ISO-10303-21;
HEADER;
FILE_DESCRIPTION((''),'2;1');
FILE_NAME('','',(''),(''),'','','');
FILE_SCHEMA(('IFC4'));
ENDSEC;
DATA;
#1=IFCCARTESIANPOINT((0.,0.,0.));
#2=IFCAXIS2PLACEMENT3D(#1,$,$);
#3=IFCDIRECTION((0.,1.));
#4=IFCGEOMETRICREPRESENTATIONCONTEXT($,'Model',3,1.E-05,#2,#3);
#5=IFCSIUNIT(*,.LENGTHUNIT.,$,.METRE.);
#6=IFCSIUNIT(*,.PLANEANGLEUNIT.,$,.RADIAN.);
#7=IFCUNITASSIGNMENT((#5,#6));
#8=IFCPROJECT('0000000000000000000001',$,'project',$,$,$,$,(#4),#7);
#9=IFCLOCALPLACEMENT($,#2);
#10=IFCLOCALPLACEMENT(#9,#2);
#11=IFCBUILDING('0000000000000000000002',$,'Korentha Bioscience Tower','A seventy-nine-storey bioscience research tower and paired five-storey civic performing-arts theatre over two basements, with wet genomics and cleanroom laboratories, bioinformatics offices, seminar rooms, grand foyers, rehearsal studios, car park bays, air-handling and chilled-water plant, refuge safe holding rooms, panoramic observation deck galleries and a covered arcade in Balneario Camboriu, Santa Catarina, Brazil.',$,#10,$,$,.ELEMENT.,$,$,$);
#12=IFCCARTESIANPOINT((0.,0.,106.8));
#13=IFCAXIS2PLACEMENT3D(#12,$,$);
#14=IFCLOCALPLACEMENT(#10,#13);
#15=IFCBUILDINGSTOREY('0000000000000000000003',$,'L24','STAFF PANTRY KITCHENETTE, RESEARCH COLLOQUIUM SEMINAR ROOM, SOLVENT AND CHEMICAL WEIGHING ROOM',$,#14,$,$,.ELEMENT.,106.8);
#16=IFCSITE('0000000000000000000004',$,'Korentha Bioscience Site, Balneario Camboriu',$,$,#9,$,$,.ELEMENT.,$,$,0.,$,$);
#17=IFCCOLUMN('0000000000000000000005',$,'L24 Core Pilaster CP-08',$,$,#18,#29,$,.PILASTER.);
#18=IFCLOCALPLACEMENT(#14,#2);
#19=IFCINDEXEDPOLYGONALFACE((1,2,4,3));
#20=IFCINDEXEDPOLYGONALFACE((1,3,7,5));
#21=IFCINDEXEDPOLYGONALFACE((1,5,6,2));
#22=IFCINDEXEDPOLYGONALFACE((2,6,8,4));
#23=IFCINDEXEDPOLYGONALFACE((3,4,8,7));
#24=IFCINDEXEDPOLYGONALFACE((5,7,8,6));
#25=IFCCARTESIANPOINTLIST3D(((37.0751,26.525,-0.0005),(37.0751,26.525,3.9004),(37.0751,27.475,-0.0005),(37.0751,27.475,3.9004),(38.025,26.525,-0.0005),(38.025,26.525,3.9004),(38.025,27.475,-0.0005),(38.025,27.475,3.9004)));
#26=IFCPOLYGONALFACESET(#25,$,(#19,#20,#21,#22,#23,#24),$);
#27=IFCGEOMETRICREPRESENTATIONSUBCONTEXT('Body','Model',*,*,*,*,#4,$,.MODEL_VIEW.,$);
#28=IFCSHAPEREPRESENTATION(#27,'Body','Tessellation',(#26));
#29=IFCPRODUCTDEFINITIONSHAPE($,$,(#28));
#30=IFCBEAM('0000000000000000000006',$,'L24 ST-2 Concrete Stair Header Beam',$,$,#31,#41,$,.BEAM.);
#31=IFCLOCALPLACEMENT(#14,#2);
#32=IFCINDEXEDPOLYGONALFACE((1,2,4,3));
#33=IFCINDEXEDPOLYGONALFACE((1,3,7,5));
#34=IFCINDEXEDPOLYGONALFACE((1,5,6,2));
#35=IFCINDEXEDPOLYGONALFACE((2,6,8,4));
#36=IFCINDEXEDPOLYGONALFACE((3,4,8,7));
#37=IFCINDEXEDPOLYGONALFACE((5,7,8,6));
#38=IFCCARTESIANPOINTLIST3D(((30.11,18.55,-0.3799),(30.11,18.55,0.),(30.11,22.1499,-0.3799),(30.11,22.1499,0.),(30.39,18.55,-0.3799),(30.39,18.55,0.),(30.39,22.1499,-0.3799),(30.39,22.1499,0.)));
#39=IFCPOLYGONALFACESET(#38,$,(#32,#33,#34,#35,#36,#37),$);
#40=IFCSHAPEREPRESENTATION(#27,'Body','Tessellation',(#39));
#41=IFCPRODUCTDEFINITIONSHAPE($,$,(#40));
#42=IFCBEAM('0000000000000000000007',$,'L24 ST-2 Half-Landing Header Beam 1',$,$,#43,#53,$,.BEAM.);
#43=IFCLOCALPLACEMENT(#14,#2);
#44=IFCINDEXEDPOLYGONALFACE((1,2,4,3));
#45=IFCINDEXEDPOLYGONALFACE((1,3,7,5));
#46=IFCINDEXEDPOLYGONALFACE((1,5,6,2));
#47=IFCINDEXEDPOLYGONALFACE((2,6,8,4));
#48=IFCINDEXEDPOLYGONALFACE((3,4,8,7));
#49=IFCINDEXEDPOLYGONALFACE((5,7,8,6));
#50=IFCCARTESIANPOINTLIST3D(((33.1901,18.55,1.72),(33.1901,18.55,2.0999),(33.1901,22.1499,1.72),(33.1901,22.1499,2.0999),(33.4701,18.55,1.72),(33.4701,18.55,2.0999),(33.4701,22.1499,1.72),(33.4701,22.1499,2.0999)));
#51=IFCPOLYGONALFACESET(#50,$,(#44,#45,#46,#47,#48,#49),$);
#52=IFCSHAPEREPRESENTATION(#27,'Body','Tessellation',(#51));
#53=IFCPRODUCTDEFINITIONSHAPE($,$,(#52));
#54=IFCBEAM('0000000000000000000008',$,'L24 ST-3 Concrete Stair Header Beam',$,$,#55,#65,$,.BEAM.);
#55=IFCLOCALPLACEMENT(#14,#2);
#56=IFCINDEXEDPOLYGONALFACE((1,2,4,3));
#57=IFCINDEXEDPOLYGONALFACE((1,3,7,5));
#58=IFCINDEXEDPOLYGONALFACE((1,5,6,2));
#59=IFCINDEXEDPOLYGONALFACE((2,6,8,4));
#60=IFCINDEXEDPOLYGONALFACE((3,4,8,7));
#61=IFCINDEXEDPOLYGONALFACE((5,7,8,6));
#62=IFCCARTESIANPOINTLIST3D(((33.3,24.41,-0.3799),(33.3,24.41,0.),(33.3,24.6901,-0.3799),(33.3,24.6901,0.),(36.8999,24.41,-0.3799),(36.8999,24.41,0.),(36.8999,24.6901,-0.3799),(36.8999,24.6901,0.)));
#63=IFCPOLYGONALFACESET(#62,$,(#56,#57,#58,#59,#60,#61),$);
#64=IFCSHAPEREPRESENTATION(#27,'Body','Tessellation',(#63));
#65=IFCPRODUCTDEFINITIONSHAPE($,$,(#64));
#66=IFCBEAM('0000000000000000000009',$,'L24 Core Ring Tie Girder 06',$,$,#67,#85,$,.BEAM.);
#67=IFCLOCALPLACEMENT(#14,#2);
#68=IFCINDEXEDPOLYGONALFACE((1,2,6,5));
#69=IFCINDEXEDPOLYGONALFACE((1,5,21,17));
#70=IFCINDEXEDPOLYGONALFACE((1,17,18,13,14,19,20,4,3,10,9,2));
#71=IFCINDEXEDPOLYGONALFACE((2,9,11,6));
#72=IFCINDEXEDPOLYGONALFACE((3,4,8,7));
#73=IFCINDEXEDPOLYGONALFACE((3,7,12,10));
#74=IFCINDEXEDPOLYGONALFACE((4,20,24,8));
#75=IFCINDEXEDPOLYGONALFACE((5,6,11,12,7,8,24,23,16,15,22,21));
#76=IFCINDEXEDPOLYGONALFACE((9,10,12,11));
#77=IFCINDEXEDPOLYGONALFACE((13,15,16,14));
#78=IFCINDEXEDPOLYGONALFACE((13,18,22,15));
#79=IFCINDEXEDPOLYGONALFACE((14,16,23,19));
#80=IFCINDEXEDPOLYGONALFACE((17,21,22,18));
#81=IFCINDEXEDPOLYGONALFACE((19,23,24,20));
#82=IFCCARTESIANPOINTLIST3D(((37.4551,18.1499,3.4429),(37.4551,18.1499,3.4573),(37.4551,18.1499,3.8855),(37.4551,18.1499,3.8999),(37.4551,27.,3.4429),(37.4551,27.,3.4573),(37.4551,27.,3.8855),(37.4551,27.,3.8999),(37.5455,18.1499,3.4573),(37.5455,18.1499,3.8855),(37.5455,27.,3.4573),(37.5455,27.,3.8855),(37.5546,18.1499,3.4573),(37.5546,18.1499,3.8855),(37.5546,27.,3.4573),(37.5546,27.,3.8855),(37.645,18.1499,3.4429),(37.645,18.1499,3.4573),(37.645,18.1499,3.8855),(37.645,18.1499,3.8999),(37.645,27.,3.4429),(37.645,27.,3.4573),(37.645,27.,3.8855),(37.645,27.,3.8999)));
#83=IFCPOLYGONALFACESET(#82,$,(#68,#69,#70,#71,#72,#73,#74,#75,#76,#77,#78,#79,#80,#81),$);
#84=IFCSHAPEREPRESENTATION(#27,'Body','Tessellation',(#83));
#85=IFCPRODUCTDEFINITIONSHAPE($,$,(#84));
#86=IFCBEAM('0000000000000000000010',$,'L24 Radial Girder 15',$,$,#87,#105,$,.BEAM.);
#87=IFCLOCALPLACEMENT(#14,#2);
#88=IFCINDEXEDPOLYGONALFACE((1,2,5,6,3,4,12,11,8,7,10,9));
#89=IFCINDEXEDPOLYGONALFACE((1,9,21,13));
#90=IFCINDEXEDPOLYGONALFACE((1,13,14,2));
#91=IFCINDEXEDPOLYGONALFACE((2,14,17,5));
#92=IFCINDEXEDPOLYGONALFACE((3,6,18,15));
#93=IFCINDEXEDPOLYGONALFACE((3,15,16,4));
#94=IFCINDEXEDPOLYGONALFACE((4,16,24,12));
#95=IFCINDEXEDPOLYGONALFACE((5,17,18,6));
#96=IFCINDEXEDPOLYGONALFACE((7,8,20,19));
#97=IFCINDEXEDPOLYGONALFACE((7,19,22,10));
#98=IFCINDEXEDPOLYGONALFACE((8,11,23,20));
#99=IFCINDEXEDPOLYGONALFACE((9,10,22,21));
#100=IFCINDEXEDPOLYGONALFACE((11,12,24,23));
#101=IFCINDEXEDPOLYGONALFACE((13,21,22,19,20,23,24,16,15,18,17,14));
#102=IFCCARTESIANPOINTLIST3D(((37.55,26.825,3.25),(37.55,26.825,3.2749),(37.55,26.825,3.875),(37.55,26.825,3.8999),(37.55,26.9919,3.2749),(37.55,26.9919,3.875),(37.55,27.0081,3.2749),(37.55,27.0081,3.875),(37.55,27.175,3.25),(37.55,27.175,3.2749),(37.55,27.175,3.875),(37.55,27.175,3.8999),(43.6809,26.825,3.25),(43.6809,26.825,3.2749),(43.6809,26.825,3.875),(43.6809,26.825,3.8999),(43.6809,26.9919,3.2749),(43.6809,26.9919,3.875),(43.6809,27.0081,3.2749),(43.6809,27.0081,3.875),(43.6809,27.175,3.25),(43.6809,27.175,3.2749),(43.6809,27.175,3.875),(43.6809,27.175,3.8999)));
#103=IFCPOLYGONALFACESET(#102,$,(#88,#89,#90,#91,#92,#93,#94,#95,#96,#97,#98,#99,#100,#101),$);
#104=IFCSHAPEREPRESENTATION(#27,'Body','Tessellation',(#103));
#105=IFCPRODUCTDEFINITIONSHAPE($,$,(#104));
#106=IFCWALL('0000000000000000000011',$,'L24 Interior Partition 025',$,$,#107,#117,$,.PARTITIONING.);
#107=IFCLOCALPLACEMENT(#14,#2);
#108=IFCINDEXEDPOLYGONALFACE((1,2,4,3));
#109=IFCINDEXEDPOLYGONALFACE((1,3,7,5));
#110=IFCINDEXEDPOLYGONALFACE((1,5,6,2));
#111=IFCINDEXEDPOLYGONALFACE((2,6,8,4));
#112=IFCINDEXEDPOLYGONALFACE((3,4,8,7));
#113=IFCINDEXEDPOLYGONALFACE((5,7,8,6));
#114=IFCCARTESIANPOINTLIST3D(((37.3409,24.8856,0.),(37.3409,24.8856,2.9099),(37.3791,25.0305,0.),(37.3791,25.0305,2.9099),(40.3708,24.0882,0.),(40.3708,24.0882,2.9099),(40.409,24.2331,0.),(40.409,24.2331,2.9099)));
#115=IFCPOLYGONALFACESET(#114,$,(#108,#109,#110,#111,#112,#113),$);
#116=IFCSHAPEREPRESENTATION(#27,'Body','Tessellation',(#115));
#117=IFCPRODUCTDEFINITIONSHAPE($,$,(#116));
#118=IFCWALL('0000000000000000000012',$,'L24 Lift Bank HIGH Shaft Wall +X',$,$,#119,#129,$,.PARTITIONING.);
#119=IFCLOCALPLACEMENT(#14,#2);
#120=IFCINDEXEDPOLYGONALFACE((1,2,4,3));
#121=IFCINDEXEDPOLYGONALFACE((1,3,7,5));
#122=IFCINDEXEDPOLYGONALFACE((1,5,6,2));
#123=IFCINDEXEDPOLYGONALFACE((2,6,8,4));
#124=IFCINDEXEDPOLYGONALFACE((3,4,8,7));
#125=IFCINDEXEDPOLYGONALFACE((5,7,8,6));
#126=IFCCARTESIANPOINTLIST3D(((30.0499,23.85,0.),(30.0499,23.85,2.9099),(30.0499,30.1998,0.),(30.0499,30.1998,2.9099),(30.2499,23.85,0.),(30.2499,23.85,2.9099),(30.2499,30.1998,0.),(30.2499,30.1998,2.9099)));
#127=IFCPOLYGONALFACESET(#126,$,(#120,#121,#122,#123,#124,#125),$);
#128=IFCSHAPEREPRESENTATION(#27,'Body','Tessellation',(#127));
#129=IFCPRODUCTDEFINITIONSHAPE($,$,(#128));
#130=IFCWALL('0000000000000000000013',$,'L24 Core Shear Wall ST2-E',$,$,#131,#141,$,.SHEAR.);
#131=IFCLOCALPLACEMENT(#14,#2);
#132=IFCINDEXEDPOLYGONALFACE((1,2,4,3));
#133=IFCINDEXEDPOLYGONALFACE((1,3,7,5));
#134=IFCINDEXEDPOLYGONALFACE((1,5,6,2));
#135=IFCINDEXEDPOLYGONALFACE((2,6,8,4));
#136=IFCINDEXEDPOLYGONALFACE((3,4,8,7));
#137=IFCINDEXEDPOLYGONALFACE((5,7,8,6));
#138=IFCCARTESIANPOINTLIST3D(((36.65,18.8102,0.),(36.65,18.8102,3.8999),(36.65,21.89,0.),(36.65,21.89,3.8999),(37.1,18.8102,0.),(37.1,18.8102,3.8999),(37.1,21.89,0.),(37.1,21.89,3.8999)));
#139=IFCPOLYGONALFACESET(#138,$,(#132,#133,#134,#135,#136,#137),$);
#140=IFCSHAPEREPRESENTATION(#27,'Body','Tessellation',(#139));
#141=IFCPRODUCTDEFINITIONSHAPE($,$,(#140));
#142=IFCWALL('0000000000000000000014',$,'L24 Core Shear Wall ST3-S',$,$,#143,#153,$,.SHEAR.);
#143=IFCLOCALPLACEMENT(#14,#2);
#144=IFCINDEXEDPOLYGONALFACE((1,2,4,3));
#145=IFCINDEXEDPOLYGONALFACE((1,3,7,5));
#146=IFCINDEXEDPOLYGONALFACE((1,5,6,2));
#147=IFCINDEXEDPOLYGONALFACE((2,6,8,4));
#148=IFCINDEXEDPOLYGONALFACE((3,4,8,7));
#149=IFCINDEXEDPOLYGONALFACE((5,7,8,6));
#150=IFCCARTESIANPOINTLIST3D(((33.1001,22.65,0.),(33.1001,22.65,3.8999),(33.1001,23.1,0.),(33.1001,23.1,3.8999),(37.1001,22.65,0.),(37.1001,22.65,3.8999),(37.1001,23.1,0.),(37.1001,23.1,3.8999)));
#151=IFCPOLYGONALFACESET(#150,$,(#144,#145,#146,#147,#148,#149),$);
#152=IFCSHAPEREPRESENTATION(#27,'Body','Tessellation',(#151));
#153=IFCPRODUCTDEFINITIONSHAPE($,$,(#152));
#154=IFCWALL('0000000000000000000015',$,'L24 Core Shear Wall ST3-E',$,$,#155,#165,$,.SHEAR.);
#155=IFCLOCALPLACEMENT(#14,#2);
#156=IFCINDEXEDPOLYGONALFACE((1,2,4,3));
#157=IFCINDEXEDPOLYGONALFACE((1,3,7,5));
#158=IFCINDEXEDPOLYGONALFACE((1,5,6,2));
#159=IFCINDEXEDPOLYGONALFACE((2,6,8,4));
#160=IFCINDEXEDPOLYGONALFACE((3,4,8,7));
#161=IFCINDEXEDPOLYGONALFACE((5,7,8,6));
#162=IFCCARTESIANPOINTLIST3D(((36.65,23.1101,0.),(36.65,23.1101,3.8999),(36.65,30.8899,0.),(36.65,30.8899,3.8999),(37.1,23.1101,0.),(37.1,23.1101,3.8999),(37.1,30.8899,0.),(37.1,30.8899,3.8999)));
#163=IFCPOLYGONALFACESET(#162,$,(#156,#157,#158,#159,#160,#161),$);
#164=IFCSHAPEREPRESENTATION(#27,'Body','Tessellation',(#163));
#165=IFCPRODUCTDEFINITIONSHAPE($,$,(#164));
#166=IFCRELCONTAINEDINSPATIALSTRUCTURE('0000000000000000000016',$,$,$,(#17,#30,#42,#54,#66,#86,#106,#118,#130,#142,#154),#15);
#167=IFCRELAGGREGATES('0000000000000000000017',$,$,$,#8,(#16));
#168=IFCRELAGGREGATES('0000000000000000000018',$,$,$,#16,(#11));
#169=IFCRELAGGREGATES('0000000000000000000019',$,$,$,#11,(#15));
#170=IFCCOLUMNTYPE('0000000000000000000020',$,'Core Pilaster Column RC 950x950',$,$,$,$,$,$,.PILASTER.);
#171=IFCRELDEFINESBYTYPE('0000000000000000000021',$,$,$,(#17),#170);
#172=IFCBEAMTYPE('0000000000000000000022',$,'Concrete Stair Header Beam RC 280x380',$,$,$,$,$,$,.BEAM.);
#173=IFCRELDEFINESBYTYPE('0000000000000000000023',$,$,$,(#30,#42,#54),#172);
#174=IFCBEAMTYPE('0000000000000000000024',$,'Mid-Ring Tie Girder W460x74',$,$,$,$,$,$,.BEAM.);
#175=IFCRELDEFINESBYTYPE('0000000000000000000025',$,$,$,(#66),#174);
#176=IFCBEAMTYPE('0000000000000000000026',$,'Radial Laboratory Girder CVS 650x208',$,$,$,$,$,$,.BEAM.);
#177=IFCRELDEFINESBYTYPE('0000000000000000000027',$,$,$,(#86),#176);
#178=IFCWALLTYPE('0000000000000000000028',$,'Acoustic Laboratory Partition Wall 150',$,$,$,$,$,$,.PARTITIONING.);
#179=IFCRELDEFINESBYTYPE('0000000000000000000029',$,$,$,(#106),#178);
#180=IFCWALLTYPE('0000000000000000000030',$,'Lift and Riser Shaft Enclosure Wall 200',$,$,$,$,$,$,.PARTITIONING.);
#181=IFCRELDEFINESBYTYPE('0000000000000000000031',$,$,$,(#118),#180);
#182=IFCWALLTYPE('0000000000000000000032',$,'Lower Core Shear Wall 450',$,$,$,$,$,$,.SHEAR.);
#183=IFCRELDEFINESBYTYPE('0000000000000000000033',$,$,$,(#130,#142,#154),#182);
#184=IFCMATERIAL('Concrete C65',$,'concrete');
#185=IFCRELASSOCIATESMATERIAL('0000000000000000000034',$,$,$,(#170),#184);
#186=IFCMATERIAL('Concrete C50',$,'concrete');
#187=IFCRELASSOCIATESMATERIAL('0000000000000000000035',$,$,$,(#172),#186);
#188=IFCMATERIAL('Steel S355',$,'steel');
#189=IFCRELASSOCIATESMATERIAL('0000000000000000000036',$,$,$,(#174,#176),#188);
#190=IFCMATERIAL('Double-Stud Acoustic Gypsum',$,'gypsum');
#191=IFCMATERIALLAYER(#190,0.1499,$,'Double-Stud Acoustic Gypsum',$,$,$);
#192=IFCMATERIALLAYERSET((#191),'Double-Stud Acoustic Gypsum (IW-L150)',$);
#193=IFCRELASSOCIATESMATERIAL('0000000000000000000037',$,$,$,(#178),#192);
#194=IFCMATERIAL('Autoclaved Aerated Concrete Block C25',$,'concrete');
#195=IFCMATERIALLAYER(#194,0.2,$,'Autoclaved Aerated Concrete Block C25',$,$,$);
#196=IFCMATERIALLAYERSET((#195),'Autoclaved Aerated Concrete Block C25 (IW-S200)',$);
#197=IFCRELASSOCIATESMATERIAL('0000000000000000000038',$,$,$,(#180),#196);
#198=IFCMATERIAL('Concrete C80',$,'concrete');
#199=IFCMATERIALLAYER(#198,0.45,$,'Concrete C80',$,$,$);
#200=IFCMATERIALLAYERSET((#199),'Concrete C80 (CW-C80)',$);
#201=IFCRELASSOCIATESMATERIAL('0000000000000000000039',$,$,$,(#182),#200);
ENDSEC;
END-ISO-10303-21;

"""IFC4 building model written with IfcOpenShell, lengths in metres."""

from ifc_helpers import new_model, si_unit, direction, frame, frame_2d, origin, origin_2d, place, context, subcontext, project, spatial, rectangle, i_section, extrude, material, layer, layer_set, material_profile, profile_set, type_object, element, save


model = new_model("IFC4")

# Units and contexts
model_context = context("Model", 3, precision=1e-05, world=origin(), true_north=direction((0.0, 1.0)))
body_context = subcontext(model_context, "Body", "Model", "MODEL_VIEW")
ifc_project = project(units=[si_unit("LENGTHUNIT", "METRE"), si_unit("PLANEANGLEUNIT", "RADIAN")], contexts=[model_context])

# Site, building, storey
site_placement = place(None, origin())
site = spatial("IfcSite", under=ifc_project, at=site_placement, Name="Korentha Bioscience Site, Balneario Camboriu", CompositionType="ELEMENT", RefElevation=0.0)
building_placement = place(site_placement, origin())
building = spatial("IfcBuilding", under=site, at=building_placement, Name="Korentha Bioscience Tower", Description="A seventy-nine-storey bioscience research tower and paired five-storey civic performing-arts theatre over two basements, with wet genomics and cleanroom laboratories, bioinformatics offices, seminar rooms, grand foyers, rehearsal studios, car park bays, air-handling and chilled-water plant, refuge safe holding rooms, panoramic observation deck galleries and a covered arcade in Balneario Camboriu, Santa Catarina, Brazil.", CompositionType="ELEMENT")
storey_placement = place(building_placement, frame((0.0, 0.0, 106.8)))
storey = spatial("IfcBuildingStorey", under=building, at=storey_placement, Name="L24", Description="STAFF PANTRY KITCHENETTE, RESEARCH COLLOQUIUM SEMINAR ROOM, SOLVENT AND CHEMICAL WEIGHING ROOM", CompositionType="ELEMENT", Elevation=106.8)

# Column
ifc_material_1 = material(Name="Concrete C65", Category="concrete")
ifc_material_profile_1 = material_profile(ifc_material_1, rectangle(XDim=0.95, YDim=0.95, at=origin_2d()), Name="Concrete C65")
ifc_profile_set_1 = profile_set([ifc_material_profile_1], Name="Concrete C65 (COL-CP09)")
column_type = type_object("IfcColumnType", Name="Core Pilaster Column RC 950x950", PredefinedType="PILASTER", material=ifc_profile_set_1)
column_placement = place(storey_placement, frame((37.55, 27.0, -0.0005), z_axis=(0.0, 0.0, 1.0), x_axis=(1.0, 0.0, 0.0)))
element("IfcColumn", 1, at=column_placement, inside=storey, type_object=column_type, Name="L24 Core Pilaster CP-08", PredefinedType="PILASTER", context=body_context, shape_type="SweptSolid", body=[
    extrude(rectangle(XDim=0.95, YDim=0.95, at=origin_2d()), origin(), (0.0, 0.0, 1.0), 3.9009),
])

# Beams
ifc_material_2 = material(Name="Concrete C50", Category="concrete")
ifc_material_profile_2 = material_profile(ifc_material_2, rectangle(XDim=0.28, YDim=0.3799, at=origin_2d()), Name="Concrete C50")
ifc_profile_set_2 = profile_set([ifc_material_profile_2], Name="Concrete C50 (ST-HB380)")
beam_type_1 = type_object("IfcBeamType", Name="Concrete Stair Header Beam RC 280x380", PredefinedType="BEAM", material=ifc_profile_set_2)
for number, where, z_axis, x_axis, name in (
    (2, (30.25, 18.55, -0.1899), (0.0, 1.0, 0.0), (-1.0, 0.0, 0.0), "L24 ST-2 Concrete Stair Header Beam"),
    (3, (33.3301, 18.55, 1.9099), (0.0, 1.0, 0.0), (-1.0, 0.0, 0.0), "L24 ST-2 Half-Landing Header Beam 1"),
    (4, (36.8999, 24.55, -0.1899), (-1.0, 0.0, 0.0), (0.0, -1.0, 0.0), "L24 ST-3 Concrete Stair Header Beam"),
):
    element("IfcBeam", number, at=place(storey_placement, frame(where, z_axis=z_axis, x_axis=x_axis)), inside=storey, type_object=beam_type_1, Name=name, PredefinedType="BEAM", context=body_context, shape_type="SweptSolid", body=[
        extrude(rectangle(XDim=0.28, YDim=0.3799, at=origin_2d()), origin(), (0.0, 0.0, 1.0), 3.5999),
    ])
ifc_material_3 = material(Name="Steel S355", Category="steel")
ifc_material_profile_3 = material_profile(ifc_material_3, i_section(OverallWidth=0.1899, OverallDepth=0.457, WebThickness=0.009, FlangeThickness=0.0144, at=origin_2d()), Name="Steel S355")
ifc_profile_set_3 = profile_set([ifc_material_profile_3], Name="Steel S355 (MB-460)")
beam_type_2 = type_object("IfcBeamType", Name="Mid-Ring Tie Girder W460x74", PredefinedType="BEAM", material=ifc_profile_set_3)
beam_1_placement = place(storey_placement, frame((37.55, 18.1499, 3.6714), z_axis=(0.0, 1.0, 0.0), x_axis=(-1.0, 0.0, 0.0)))
element("IfcBeam", 5, at=beam_1_placement, inside=storey, type_object=beam_type_2, Name="L24 Core Ring Tie Girder 06", PredefinedType="BEAM", context=body_context, shape_type="SweptSolid", body=[
    extrude(i_section(OverallWidth=0.1899, OverallDepth=0.457, WebThickness=0.009, FlangeThickness=0.0144, at=origin_2d()), origin(), (0.0, 0.0, 1.0), 8.8501),
])
ifc_material_profile_4 = material_profile(ifc_material_3, i_section(OverallWidth=0.3501, OverallDepth=0.6499, WebThickness=0.0161, FlangeThickness=0.0249, at=origin_2d()), Name="Steel S355")
ifc_profile_set_4 = profile_set([ifc_material_profile_4], Name="Steel S355 (RB-650)")
beam_type_3 = type_object("IfcBeamType", Name="Radial Laboratory Girder CVS 650x208", PredefinedType="BEAM", material=ifc_profile_set_4)
beam_2_placement = place(storey_placement, frame((37.55, 27.0, 3.575), z_axis=(1.0, 0.0, 0.0), x_axis=(0.0, 1.0, 0.0)))
element("IfcBeam", 6, at=beam_2_placement, inside=storey, type_object=beam_type_3, Name="L24 Radial Girder 15", PredefinedType="BEAM", context=body_context, shape_type="SweptSolid", body=[
    extrude(i_section(OverallWidth=0.3501, OverallDepth=0.6499, WebThickness=0.0161, FlangeThickness=0.0249, at=origin_2d()), origin(), (0.0, 0.0, 1.0), 6.1309),
])

# Walls
ifc_material_4 = material(Name="Double-Stud Acoustic Gypsum", Category="gypsum")
ifc_layer_1 = layer(ifc_material_4, 0.1499, Name="Double-Stud Acoustic Gypsum")
ifc_layer_set_1 = layer_set([ifc_layer_1], Name="Double-Stud Acoustic Gypsum (IW-L150)")
wall_type_1 = type_object("IfcWallType", Name="Acoustic Laboratory Partition Wall 150", PredefinedType="PARTITIONING", material=ifc_layer_set_1)
wall_1_placement = place(storey_placement, frame((37.3601, 24.958, 0.0), z_axis=(0.0, 0.0, 1.0), x_axis=(0.96707, -0.254509, 0.0)))
element("IfcWall", 7, at=wall_1_placement, inside=storey, type_object=wall_type_1, Name="L24 Interior Partition 025", PredefinedType="PARTITIONING", context=body_context, shape_type="SweptSolid", body=[
    extrude(rectangle(XDim=3.1331, YDim=0.1499, at=frame_2d((1.5664, 0.0))), origin(), (0.0, 0.0, 1.0), 2.9099),
])
ifc_material_5 = material(Name="Autoclaved Aerated Concrete Block C25", Category="concrete")
ifc_layer_2 = layer(ifc_material_5, 0.2, Name="Autoclaved Aerated Concrete Block C25")
ifc_layer_set_2 = layer_set([ifc_layer_2], Name="Autoclaved Aerated Concrete Block C25 (IW-S200)")
wall_type_2 = type_object("IfcWallType", Name="Lift and Riser Shaft Enclosure Wall 200", PredefinedType="PARTITIONING", material=ifc_layer_set_2)
wall_2_placement = place(storey_placement, frame((30.1499, 23.8501, 0.0), z_axis=(0.0, 0.0, 1.0), x_axis=(0.0, 1.0, 0.0)))
element("IfcWall", 8, at=wall_2_placement, inside=storey, type_object=wall_type_2, Name="L24 Lift Bank HIGH Shaft Wall +X", PredefinedType="PARTITIONING", context=body_context, shape_type="SweptSolid", body=[
    extrude(rectangle(XDim=6.3499, YDim=0.2, at=frame_2d((3.1748, 0.0))), origin(), (0.0, 0.0, 1.0), 2.9099),
])
ifc_material_6 = material(Name="Concrete C80", Category="concrete")
ifc_layer_3 = layer(ifc_material_6, 0.45, Name="Concrete C80")
ifc_layer_set_3 = layer_set([ifc_layer_3], Name="Concrete C80 (CW-C80)")
wall_type_3 = type_object("IfcWallType", Name="Lower Core Shear Wall 450", PredefinedType="SHEAR", material=ifc_layer_set_3)
wall_3_placement = place(storey_placement, frame((36.875, 18.8101, 0.0), z_axis=(0.0, 0.0, 1.0), x_axis=(0.0, 1.0, 0.0)))
element("IfcWall", 9, at=wall_3_placement, inside=storey, type_object=wall_type_3, Name="L24 Core Shear Wall ST2-E", PredefinedType="SHEAR", context=body_context, shape_type="SweptSolid", body=[
    extrude(rectangle(XDim=3.0798, YDim=0.45, at=frame_2d((1.54, 0.0))), origin(), (0.0, 0.0, 1.0), 3.8999),
])
wall_4_placement = place(storey_placement, frame((33.1001, 22.875, 0.0), z_axis=(0.0, 0.0, 1.0), x_axis=(1.0, 0.0, 0.0)))
element("IfcWall", 10, at=wall_4_placement, inside=storey, type_object=wall_type_3, Name="L24 Core Shear Wall ST3-S", PredefinedType="SHEAR", context=body_context, shape_type="SweptSolid", body=[
    extrude(rectangle(XDim=4.0, YDim=0.45, at=frame_2d((2.0, 0.0))), origin(), (0.0, 0.0, 1.0), 3.8999),
])
wall_5_placement = place(storey_placement, frame((36.875, 23.1101, 0.0), z_axis=(0.0, 0.0, 1.0), x_axis=(0.0, 1.0, 0.0)))
element("IfcWall", 11, at=wall_5_placement, inside=storey, type_object=wall_type_3, Name="L24 Core Shear Wall ST3-E", PredefinedType="SHEAR", context=body_context, shape_type="SweptSolid", body=[
    extrude(rectangle(XDim=7.7798, YDim=0.45, at=frame_2d((3.8899, 0.0))), origin(), (0.0, 0.0, 1.0), 3.8999),
])

save(model, "model.ifc")
